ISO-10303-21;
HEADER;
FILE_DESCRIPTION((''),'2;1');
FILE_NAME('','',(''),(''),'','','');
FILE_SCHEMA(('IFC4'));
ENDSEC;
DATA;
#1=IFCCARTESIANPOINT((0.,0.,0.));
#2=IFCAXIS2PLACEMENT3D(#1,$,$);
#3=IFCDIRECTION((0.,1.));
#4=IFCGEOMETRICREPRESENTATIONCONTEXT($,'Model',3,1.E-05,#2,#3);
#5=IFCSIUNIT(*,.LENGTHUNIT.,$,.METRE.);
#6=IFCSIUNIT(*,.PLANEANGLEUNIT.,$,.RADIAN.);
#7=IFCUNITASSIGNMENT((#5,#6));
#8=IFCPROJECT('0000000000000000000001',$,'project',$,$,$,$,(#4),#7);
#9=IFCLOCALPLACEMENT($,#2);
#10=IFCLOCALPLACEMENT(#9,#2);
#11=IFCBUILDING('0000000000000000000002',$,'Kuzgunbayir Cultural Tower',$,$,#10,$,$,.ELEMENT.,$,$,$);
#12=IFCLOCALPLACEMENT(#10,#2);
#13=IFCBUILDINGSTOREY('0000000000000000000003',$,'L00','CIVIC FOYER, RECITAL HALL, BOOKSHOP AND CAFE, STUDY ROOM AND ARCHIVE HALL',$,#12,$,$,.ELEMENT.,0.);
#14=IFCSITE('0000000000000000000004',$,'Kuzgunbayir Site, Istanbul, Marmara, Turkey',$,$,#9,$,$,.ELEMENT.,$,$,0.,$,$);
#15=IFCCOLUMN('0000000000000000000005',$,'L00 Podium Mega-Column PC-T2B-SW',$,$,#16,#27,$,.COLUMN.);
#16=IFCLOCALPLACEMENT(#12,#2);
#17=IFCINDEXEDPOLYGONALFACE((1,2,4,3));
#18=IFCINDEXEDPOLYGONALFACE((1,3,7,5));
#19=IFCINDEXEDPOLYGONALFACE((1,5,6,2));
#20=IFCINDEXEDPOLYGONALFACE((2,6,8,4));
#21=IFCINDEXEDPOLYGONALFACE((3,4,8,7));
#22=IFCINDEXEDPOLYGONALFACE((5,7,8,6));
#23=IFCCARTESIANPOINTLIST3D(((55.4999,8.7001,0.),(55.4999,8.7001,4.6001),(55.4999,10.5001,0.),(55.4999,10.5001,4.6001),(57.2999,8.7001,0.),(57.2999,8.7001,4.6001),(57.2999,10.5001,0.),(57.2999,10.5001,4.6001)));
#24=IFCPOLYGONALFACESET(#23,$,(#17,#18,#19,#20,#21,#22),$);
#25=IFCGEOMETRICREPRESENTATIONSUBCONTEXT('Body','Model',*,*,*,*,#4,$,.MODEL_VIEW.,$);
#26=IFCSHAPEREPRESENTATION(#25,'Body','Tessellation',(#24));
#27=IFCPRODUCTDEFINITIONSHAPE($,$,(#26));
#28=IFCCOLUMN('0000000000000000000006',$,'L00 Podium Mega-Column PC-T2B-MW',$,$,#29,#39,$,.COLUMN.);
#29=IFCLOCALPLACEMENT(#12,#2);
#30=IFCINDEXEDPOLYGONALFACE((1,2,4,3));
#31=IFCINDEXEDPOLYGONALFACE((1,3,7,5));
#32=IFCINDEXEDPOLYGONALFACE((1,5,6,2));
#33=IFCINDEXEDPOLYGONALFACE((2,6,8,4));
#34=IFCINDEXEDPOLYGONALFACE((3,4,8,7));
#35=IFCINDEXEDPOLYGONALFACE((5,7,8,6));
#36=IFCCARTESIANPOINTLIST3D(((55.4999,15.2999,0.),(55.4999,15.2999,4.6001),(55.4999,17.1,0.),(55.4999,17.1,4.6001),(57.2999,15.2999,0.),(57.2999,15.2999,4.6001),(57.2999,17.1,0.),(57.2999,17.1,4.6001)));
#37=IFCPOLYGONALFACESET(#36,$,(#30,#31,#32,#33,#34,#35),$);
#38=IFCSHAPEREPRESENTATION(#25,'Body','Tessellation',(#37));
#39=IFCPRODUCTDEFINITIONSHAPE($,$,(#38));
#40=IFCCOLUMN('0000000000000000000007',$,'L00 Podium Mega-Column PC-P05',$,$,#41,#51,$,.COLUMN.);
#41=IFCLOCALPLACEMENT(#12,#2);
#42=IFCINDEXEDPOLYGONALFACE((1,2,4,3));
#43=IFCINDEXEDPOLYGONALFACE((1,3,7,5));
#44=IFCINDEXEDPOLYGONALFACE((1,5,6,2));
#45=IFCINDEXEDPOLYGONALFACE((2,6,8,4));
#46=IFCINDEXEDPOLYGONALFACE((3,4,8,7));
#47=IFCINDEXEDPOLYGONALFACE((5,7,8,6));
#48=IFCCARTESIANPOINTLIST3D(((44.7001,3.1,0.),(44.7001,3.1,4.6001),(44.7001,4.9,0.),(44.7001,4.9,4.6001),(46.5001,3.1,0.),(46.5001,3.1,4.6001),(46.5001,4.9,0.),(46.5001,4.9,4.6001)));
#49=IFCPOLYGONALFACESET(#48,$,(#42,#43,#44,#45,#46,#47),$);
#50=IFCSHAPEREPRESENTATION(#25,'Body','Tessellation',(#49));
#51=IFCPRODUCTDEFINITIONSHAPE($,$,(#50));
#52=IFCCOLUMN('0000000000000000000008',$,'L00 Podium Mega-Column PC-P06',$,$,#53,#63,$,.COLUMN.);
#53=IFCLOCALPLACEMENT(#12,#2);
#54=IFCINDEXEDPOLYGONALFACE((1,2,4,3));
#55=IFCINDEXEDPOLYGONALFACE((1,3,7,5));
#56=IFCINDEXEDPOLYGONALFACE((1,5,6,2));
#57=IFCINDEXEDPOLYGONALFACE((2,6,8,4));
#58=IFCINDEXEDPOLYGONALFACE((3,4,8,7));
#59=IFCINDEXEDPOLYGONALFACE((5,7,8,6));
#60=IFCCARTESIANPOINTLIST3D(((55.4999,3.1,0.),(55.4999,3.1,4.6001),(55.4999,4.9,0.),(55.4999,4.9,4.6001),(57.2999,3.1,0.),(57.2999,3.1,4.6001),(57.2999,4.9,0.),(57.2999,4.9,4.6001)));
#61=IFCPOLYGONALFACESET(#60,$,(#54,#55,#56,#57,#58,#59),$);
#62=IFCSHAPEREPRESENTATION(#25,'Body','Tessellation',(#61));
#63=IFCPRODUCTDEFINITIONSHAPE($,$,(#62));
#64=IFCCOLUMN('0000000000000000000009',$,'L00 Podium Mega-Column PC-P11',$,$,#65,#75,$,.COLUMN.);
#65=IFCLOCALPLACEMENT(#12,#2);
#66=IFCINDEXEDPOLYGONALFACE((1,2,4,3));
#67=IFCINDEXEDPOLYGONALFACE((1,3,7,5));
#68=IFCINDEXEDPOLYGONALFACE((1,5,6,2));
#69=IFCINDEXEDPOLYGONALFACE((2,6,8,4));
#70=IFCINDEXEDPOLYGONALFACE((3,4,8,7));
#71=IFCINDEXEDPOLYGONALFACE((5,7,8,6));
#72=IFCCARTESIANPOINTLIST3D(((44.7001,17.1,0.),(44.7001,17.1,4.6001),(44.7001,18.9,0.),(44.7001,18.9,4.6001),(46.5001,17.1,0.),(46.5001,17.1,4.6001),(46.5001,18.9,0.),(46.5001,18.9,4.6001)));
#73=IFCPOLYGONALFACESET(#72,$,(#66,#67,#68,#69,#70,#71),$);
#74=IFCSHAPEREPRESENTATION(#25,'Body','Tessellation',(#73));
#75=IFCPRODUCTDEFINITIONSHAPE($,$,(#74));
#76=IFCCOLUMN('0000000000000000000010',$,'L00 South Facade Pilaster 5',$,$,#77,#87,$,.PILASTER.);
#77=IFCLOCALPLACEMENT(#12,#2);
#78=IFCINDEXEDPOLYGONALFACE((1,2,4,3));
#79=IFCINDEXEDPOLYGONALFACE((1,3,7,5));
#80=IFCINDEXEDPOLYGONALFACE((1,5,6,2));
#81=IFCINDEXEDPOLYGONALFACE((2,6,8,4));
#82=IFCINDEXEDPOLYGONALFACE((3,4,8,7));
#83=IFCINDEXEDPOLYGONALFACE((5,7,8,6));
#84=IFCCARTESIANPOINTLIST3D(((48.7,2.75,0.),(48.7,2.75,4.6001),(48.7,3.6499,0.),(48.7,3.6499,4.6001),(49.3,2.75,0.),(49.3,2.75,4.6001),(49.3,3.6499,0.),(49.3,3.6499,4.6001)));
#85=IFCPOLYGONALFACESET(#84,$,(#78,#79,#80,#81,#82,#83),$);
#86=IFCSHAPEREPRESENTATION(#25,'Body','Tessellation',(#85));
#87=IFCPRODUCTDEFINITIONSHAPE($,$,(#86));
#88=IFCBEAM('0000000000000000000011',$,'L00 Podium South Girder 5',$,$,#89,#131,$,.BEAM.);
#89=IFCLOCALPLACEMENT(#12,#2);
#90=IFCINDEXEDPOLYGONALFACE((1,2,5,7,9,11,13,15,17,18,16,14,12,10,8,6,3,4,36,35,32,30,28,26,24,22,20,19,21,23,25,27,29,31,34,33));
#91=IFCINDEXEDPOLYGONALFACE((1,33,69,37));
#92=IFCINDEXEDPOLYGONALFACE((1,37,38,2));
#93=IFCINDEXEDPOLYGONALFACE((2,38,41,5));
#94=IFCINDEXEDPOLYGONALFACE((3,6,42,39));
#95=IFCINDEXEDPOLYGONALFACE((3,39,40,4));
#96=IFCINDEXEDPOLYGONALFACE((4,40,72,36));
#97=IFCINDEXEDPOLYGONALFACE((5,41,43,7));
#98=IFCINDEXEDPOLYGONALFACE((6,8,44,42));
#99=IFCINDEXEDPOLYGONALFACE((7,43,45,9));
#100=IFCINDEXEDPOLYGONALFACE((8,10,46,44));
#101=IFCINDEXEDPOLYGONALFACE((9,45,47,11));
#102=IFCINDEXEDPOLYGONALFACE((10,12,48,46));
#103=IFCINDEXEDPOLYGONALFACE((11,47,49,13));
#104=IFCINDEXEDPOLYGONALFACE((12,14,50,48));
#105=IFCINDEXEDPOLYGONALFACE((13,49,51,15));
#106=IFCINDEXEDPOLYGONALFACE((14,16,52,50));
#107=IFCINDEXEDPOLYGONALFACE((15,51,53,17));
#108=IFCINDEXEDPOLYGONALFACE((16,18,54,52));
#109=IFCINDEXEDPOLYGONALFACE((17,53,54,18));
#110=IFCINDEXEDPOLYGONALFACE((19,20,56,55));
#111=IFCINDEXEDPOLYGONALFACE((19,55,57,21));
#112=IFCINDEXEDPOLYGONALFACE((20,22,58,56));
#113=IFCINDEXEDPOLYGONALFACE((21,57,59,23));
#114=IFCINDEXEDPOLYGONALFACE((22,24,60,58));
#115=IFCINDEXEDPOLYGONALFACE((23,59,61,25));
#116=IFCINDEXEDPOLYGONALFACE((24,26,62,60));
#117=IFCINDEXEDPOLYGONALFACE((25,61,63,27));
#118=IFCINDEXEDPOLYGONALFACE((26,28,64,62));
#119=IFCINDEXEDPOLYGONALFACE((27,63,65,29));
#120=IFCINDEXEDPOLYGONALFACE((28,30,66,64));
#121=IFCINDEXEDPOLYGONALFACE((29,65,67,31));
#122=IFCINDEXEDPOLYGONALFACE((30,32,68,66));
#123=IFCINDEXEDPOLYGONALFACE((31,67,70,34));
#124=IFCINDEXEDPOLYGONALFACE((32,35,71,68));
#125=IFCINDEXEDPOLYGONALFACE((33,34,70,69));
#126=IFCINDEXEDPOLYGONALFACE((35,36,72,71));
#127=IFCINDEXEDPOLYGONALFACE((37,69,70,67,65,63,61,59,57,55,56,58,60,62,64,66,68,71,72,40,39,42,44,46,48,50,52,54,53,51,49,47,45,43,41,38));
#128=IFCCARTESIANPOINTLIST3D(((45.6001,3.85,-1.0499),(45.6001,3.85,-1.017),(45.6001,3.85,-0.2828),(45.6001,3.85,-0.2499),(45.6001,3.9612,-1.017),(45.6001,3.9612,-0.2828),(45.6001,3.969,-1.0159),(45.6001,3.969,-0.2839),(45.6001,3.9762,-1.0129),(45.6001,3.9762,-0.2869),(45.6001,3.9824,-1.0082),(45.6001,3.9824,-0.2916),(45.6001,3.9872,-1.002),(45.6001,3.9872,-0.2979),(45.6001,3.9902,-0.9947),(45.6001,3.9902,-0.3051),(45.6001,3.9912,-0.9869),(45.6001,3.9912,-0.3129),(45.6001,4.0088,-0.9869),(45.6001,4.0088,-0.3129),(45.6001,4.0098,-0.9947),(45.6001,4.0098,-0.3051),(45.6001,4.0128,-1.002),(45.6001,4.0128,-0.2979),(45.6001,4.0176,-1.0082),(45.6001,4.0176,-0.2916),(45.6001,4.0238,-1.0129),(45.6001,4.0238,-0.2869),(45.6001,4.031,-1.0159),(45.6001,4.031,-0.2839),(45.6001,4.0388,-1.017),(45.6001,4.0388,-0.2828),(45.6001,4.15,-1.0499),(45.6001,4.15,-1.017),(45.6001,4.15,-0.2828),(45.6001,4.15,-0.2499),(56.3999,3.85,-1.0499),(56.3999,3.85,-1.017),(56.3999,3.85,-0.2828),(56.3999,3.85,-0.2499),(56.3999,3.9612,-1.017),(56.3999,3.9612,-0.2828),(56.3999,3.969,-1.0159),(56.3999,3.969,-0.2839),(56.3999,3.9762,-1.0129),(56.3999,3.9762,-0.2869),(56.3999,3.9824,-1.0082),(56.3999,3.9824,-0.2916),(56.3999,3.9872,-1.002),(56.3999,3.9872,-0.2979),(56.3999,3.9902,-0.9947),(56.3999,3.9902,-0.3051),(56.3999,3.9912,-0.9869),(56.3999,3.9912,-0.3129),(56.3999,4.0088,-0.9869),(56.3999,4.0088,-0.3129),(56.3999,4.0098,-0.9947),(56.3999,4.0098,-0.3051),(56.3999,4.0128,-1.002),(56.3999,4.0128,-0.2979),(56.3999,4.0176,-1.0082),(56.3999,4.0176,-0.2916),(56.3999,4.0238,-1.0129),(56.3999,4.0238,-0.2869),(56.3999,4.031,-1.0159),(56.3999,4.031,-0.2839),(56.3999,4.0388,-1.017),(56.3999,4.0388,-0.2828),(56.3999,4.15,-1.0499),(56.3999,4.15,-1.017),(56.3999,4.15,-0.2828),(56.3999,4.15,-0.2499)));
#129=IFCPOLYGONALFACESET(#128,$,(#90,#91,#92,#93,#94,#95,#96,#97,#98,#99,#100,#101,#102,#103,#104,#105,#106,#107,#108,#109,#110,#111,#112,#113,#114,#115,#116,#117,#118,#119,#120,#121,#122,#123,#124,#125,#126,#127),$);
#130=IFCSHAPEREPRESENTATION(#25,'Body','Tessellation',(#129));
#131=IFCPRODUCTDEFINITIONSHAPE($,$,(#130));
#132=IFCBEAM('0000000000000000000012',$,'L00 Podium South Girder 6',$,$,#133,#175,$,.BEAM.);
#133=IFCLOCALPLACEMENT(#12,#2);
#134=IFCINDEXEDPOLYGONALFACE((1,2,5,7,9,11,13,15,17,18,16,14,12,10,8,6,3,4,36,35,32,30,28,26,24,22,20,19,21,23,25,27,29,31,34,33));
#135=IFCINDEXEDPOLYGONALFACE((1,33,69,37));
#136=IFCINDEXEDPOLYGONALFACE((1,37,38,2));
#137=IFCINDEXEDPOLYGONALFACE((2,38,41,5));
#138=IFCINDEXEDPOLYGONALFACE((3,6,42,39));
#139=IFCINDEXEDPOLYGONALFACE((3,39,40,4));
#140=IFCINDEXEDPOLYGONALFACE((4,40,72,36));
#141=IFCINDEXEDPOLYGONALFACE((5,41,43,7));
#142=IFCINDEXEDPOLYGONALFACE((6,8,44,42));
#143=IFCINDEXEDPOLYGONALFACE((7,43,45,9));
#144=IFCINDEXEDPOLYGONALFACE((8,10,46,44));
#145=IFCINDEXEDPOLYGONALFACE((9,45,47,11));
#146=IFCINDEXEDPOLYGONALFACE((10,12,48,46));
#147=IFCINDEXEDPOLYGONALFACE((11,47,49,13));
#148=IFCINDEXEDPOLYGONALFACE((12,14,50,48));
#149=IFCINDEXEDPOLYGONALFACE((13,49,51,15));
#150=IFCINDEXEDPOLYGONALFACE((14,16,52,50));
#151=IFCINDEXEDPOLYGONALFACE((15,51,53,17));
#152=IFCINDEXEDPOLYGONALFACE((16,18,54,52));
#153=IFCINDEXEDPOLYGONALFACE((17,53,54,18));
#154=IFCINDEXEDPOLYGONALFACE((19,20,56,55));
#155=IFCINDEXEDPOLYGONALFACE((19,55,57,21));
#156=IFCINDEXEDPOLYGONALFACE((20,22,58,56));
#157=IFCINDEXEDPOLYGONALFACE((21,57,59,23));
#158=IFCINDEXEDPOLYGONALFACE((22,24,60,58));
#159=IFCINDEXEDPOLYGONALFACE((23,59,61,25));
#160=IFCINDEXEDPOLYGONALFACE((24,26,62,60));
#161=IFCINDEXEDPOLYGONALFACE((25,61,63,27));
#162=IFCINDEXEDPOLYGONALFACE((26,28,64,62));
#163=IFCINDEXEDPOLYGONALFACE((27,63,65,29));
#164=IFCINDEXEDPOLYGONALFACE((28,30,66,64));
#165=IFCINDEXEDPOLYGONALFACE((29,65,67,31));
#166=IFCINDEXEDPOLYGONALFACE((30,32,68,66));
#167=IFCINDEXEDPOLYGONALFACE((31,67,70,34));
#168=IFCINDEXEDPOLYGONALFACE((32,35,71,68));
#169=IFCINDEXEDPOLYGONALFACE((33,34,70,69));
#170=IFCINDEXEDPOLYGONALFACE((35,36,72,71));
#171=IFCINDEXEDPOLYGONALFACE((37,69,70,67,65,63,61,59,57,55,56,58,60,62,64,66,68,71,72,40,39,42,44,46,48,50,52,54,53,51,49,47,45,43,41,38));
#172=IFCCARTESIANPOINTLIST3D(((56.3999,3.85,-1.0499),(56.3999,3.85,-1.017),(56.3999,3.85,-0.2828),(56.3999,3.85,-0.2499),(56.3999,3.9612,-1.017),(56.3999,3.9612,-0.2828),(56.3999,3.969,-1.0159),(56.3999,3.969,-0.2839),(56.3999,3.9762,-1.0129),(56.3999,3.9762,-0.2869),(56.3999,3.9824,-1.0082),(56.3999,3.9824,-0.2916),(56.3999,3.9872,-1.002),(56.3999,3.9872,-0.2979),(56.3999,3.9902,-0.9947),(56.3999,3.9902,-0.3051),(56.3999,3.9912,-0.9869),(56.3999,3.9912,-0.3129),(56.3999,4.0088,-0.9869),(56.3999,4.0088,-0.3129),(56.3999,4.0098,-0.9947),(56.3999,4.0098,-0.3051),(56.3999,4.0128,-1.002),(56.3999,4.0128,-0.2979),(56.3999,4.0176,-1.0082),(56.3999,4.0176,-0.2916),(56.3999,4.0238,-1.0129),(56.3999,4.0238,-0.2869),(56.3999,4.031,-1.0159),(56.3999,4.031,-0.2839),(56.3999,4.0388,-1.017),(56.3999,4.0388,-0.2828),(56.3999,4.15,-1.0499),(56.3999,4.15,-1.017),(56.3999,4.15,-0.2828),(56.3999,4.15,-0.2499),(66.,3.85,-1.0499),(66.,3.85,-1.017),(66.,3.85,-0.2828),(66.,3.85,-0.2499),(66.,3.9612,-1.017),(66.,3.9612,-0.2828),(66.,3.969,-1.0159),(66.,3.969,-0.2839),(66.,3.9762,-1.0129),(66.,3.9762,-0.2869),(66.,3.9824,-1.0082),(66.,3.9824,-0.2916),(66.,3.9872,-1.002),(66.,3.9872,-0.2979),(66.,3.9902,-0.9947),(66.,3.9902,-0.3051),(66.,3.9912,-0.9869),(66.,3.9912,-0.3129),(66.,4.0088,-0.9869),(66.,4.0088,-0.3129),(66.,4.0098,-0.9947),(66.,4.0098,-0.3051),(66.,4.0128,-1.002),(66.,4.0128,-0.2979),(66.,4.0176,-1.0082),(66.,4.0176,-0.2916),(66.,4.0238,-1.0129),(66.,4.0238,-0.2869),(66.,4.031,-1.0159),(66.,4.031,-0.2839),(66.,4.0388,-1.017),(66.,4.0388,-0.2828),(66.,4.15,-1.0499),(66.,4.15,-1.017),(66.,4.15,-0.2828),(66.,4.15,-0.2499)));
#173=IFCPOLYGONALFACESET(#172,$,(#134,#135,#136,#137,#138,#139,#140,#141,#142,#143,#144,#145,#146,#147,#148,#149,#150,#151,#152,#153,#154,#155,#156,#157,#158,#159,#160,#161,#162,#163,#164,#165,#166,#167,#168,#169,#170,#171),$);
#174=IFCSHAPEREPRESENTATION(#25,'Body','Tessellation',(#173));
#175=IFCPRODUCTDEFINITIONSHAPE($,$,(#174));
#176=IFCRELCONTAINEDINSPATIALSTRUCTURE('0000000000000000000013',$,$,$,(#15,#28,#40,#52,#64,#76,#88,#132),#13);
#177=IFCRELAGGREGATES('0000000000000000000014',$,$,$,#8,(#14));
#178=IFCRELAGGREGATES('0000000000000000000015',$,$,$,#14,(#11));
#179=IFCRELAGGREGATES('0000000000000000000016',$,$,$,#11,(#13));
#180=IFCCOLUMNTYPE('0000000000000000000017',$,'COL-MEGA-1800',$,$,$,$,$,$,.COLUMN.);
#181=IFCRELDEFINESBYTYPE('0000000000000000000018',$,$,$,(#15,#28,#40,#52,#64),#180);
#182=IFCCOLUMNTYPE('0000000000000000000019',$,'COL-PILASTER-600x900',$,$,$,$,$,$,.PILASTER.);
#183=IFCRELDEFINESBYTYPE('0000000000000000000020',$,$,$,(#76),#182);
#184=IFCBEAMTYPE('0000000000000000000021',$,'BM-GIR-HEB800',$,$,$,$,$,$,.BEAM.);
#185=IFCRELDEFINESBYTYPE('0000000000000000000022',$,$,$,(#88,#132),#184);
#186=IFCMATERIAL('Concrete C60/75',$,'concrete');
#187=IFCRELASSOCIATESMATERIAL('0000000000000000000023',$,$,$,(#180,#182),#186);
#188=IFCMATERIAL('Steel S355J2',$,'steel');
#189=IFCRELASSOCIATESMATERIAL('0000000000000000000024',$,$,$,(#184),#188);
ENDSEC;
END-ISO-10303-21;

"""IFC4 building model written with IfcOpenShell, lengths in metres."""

from ifc_helpers import new_model, si_unit, direction, frame, origin, origin_2d, place, context, subcontext, project, spatial, rectangle, i_section, extrude, material, material_profile, profile_set, type_object, element, save


model = new_model("IFC4")

# Units and contexts
model_context = context("Model", 3, precision=1e-05, world=origin(), true_north=direction((0.0, 1.0)))
body_context = subcontext(model_context, "Body", "Model", "MODEL_VIEW")
ifc_project = project(units=[si_unit("LENGTHUNIT", "METRE"), si_unit("PLANEANGLEUNIT", "RADIAN")], contexts=[model_context])

# Site, building, storey
site_placement = place(None, origin())
site = spatial("IfcSite", under=ifc_project, at=site_placement, Name="Kuzgunbayir Site, Istanbul, Marmara, Turkey", CompositionType="ELEMENT", RefElevation=0.0)
building_placement = place(site_placement, origin())
building = spatial("IfcBuilding", under=site, at=building_placement, Name="Kuzgunbayir Cultural Tower", CompositionType="ELEMENT")
storey_placement = place(building_placement, origin())
storey = spatial("IfcBuildingStorey", under=building, at=storey_placement, Name="L00", Description="CIVIC FOYER, RECITAL HALL, BOOKSHOP AND CAFE, STUDY ROOM AND ARCHIVE HALL", CompositionType="ELEMENT", Elevation=0.0)

# Columns
ifc_material_1 = material(Name="Concrete C60/75", Category="concrete")
ifc_material_profile_1 = material_profile(ifc_material_1, rectangle(XDim=1.8, YDim=1.8, at=origin_2d()), Name="RC 1800x1800")
ifc_profile_set_1 = profile_set([ifc_material_profile_1], Name="Concrete C60/75")
column_type_1 = type_object("IfcColumnType", Name="COL-MEGA-1800", PredefinedType="COLUMN", material=ifc_profile_set_1)
for number, where, z_axis, x_axis, name in (
    (1, (56.3999, 9.6001, 0.0), (0.0, 0.0, 1.0), (1.0, 0.0, 0.0), "L00 Podium Mega-Column PC-T2B-SW"),
    (2, (56.3999, 16.2, 0.0), (0.0, 0.0, 1.0), (1.0, 0.0, 0.0), "L00 Podium Mega-Column PC-T2B-MW"),
    (3, (45.6001, 4.0, 0.0), (0.0, 0.0, 1.0), (1.0, 0.0, 0.0), "L00 Podium Mega-Column PC-P05"),
    (4, (56.3999, 4.0, 0.0), (0.0, 0.0, 1.0), (1.0, 0.0, 0.0), "L00 Podium Mega-Column PC-P06"),
    (5, (45.6001, 18.0, 0.0), (0.0, 0.0, 1.0), (1.0, 0.0, 0.0), "L00 Podium Mega-Column PC-P11"),
):
    element("IfcColumn", number, at=place(storey_placement, frame(where, z_axis=z_axis, x_axis=x_axis)), inside=storey, type_object=column_type_1, Name=name, PredefinedType="COLUMN", context=body_context, shape_type="SweptSolid", body=[
        extrude(rectangle(XDim=1.8, YDim=1.8, at=origin_2d()), origin(), (0.0, 0.0, 1.0), 4.6001),
    ])
ifc_material_profile_2 = material_profile(ifc_material_1, rectangle(XDim=0.6001, YDim=0.8999, at=origin_2d()), Name="RC 600x900")
ifc_profile_set_2 = profile_set([ifc_material_profile_2], Name="Concrete C60/75")
column_type_2 = type_object("IfcColumnType", Name="COL-PILASTER-600x900", PredefinedType="PILASTER", material=ifc_profile_set_2)
column_placement = place(storey_placement, frame((49.0, 3.2, 0.0), z_axis=(0.0, 0.0, 1.0), x_axis=(1.0, 0.0, 0.0)))
element("IfcColumn", 6, at=column_placement, inside=storey, type_object=column_type_2, Name="L00 South Facade Pilaster 5", PredefinedType="PILASTER", context=body_context, shape_type="SweptSolid", body=[
    extrude(rectangle(XDim=0.6001, YDim=0.8999, at=origin_2d()), origin(), (0.0, 0.0, 1.0), 4.6001),
])

# Beams
ifc_material_2 = material(Name="Steel S355J2", Category="steel")
ifc_material_profile_3 = material_profile(ifc_material_2, i_section(OverallWidth=0.3, OverallDepth=0.8, WebThickness=0.0176, FlangeThickness=0.033, FilletRadius=0.03, at=origin_2d()), Name="HEB 800")
ifc_profile_set_3 = profile_set([ifc_material_profile_3], Name="Steel S355J2")
beam_type = type_object("IfcBeamType", Name="BM-GIR-HEB800", PredefinedType="BEAM", material=ifc_profile_set_3)
beam_1_placement = place(storey_placement, frame((45.6001, 4.0, -0.6499), z_axis=(1.0, 0.0, 0.0), x_axis=(0.0, 1.0, 0.0)))
element("IfcBeam", 7, at=beam_1_placement, inside=storey, type_object=beam_type, Name="L00 Podium South Girder 5", PredefinedType="BEAM", context=body_context, shape_type="SweptSolid", body=[
    extrude(i_section(OverallWidth=0.3, OverallDepth=0.8, WebThickness=0.0176, FlangeThickness=0.033, FilletRadius=0.03, at=origin_2d()), origin(), (0.0, 0.0, 1.0), 10.7998),
])
beam_2_placement = place(storey_placement, frame((56.3999, 4.0, -0.6499), z_axis=(1.0, 0.0, 0.0), x_axis=(0.0, 1.0, 0.0)))
element("IfcBeam", 8, at=beam_2_placement, inside=storey, type_object=beam_type, Name="L00 Podium South Girder 6", PredefinedType="BEAM", context=body_context, shape_type="SweptSolid", body=[
    extrude(i_section(OverallWidth=0.3, OverallDepth=0.8, WebThickness=0.0176, FlangeThickness=0.033, FilletRadius=0.03, at=origin_2d()), origin(), (0.0, 0.0, 1.0), 9.6001),
])

save(model, "model.ifc")
